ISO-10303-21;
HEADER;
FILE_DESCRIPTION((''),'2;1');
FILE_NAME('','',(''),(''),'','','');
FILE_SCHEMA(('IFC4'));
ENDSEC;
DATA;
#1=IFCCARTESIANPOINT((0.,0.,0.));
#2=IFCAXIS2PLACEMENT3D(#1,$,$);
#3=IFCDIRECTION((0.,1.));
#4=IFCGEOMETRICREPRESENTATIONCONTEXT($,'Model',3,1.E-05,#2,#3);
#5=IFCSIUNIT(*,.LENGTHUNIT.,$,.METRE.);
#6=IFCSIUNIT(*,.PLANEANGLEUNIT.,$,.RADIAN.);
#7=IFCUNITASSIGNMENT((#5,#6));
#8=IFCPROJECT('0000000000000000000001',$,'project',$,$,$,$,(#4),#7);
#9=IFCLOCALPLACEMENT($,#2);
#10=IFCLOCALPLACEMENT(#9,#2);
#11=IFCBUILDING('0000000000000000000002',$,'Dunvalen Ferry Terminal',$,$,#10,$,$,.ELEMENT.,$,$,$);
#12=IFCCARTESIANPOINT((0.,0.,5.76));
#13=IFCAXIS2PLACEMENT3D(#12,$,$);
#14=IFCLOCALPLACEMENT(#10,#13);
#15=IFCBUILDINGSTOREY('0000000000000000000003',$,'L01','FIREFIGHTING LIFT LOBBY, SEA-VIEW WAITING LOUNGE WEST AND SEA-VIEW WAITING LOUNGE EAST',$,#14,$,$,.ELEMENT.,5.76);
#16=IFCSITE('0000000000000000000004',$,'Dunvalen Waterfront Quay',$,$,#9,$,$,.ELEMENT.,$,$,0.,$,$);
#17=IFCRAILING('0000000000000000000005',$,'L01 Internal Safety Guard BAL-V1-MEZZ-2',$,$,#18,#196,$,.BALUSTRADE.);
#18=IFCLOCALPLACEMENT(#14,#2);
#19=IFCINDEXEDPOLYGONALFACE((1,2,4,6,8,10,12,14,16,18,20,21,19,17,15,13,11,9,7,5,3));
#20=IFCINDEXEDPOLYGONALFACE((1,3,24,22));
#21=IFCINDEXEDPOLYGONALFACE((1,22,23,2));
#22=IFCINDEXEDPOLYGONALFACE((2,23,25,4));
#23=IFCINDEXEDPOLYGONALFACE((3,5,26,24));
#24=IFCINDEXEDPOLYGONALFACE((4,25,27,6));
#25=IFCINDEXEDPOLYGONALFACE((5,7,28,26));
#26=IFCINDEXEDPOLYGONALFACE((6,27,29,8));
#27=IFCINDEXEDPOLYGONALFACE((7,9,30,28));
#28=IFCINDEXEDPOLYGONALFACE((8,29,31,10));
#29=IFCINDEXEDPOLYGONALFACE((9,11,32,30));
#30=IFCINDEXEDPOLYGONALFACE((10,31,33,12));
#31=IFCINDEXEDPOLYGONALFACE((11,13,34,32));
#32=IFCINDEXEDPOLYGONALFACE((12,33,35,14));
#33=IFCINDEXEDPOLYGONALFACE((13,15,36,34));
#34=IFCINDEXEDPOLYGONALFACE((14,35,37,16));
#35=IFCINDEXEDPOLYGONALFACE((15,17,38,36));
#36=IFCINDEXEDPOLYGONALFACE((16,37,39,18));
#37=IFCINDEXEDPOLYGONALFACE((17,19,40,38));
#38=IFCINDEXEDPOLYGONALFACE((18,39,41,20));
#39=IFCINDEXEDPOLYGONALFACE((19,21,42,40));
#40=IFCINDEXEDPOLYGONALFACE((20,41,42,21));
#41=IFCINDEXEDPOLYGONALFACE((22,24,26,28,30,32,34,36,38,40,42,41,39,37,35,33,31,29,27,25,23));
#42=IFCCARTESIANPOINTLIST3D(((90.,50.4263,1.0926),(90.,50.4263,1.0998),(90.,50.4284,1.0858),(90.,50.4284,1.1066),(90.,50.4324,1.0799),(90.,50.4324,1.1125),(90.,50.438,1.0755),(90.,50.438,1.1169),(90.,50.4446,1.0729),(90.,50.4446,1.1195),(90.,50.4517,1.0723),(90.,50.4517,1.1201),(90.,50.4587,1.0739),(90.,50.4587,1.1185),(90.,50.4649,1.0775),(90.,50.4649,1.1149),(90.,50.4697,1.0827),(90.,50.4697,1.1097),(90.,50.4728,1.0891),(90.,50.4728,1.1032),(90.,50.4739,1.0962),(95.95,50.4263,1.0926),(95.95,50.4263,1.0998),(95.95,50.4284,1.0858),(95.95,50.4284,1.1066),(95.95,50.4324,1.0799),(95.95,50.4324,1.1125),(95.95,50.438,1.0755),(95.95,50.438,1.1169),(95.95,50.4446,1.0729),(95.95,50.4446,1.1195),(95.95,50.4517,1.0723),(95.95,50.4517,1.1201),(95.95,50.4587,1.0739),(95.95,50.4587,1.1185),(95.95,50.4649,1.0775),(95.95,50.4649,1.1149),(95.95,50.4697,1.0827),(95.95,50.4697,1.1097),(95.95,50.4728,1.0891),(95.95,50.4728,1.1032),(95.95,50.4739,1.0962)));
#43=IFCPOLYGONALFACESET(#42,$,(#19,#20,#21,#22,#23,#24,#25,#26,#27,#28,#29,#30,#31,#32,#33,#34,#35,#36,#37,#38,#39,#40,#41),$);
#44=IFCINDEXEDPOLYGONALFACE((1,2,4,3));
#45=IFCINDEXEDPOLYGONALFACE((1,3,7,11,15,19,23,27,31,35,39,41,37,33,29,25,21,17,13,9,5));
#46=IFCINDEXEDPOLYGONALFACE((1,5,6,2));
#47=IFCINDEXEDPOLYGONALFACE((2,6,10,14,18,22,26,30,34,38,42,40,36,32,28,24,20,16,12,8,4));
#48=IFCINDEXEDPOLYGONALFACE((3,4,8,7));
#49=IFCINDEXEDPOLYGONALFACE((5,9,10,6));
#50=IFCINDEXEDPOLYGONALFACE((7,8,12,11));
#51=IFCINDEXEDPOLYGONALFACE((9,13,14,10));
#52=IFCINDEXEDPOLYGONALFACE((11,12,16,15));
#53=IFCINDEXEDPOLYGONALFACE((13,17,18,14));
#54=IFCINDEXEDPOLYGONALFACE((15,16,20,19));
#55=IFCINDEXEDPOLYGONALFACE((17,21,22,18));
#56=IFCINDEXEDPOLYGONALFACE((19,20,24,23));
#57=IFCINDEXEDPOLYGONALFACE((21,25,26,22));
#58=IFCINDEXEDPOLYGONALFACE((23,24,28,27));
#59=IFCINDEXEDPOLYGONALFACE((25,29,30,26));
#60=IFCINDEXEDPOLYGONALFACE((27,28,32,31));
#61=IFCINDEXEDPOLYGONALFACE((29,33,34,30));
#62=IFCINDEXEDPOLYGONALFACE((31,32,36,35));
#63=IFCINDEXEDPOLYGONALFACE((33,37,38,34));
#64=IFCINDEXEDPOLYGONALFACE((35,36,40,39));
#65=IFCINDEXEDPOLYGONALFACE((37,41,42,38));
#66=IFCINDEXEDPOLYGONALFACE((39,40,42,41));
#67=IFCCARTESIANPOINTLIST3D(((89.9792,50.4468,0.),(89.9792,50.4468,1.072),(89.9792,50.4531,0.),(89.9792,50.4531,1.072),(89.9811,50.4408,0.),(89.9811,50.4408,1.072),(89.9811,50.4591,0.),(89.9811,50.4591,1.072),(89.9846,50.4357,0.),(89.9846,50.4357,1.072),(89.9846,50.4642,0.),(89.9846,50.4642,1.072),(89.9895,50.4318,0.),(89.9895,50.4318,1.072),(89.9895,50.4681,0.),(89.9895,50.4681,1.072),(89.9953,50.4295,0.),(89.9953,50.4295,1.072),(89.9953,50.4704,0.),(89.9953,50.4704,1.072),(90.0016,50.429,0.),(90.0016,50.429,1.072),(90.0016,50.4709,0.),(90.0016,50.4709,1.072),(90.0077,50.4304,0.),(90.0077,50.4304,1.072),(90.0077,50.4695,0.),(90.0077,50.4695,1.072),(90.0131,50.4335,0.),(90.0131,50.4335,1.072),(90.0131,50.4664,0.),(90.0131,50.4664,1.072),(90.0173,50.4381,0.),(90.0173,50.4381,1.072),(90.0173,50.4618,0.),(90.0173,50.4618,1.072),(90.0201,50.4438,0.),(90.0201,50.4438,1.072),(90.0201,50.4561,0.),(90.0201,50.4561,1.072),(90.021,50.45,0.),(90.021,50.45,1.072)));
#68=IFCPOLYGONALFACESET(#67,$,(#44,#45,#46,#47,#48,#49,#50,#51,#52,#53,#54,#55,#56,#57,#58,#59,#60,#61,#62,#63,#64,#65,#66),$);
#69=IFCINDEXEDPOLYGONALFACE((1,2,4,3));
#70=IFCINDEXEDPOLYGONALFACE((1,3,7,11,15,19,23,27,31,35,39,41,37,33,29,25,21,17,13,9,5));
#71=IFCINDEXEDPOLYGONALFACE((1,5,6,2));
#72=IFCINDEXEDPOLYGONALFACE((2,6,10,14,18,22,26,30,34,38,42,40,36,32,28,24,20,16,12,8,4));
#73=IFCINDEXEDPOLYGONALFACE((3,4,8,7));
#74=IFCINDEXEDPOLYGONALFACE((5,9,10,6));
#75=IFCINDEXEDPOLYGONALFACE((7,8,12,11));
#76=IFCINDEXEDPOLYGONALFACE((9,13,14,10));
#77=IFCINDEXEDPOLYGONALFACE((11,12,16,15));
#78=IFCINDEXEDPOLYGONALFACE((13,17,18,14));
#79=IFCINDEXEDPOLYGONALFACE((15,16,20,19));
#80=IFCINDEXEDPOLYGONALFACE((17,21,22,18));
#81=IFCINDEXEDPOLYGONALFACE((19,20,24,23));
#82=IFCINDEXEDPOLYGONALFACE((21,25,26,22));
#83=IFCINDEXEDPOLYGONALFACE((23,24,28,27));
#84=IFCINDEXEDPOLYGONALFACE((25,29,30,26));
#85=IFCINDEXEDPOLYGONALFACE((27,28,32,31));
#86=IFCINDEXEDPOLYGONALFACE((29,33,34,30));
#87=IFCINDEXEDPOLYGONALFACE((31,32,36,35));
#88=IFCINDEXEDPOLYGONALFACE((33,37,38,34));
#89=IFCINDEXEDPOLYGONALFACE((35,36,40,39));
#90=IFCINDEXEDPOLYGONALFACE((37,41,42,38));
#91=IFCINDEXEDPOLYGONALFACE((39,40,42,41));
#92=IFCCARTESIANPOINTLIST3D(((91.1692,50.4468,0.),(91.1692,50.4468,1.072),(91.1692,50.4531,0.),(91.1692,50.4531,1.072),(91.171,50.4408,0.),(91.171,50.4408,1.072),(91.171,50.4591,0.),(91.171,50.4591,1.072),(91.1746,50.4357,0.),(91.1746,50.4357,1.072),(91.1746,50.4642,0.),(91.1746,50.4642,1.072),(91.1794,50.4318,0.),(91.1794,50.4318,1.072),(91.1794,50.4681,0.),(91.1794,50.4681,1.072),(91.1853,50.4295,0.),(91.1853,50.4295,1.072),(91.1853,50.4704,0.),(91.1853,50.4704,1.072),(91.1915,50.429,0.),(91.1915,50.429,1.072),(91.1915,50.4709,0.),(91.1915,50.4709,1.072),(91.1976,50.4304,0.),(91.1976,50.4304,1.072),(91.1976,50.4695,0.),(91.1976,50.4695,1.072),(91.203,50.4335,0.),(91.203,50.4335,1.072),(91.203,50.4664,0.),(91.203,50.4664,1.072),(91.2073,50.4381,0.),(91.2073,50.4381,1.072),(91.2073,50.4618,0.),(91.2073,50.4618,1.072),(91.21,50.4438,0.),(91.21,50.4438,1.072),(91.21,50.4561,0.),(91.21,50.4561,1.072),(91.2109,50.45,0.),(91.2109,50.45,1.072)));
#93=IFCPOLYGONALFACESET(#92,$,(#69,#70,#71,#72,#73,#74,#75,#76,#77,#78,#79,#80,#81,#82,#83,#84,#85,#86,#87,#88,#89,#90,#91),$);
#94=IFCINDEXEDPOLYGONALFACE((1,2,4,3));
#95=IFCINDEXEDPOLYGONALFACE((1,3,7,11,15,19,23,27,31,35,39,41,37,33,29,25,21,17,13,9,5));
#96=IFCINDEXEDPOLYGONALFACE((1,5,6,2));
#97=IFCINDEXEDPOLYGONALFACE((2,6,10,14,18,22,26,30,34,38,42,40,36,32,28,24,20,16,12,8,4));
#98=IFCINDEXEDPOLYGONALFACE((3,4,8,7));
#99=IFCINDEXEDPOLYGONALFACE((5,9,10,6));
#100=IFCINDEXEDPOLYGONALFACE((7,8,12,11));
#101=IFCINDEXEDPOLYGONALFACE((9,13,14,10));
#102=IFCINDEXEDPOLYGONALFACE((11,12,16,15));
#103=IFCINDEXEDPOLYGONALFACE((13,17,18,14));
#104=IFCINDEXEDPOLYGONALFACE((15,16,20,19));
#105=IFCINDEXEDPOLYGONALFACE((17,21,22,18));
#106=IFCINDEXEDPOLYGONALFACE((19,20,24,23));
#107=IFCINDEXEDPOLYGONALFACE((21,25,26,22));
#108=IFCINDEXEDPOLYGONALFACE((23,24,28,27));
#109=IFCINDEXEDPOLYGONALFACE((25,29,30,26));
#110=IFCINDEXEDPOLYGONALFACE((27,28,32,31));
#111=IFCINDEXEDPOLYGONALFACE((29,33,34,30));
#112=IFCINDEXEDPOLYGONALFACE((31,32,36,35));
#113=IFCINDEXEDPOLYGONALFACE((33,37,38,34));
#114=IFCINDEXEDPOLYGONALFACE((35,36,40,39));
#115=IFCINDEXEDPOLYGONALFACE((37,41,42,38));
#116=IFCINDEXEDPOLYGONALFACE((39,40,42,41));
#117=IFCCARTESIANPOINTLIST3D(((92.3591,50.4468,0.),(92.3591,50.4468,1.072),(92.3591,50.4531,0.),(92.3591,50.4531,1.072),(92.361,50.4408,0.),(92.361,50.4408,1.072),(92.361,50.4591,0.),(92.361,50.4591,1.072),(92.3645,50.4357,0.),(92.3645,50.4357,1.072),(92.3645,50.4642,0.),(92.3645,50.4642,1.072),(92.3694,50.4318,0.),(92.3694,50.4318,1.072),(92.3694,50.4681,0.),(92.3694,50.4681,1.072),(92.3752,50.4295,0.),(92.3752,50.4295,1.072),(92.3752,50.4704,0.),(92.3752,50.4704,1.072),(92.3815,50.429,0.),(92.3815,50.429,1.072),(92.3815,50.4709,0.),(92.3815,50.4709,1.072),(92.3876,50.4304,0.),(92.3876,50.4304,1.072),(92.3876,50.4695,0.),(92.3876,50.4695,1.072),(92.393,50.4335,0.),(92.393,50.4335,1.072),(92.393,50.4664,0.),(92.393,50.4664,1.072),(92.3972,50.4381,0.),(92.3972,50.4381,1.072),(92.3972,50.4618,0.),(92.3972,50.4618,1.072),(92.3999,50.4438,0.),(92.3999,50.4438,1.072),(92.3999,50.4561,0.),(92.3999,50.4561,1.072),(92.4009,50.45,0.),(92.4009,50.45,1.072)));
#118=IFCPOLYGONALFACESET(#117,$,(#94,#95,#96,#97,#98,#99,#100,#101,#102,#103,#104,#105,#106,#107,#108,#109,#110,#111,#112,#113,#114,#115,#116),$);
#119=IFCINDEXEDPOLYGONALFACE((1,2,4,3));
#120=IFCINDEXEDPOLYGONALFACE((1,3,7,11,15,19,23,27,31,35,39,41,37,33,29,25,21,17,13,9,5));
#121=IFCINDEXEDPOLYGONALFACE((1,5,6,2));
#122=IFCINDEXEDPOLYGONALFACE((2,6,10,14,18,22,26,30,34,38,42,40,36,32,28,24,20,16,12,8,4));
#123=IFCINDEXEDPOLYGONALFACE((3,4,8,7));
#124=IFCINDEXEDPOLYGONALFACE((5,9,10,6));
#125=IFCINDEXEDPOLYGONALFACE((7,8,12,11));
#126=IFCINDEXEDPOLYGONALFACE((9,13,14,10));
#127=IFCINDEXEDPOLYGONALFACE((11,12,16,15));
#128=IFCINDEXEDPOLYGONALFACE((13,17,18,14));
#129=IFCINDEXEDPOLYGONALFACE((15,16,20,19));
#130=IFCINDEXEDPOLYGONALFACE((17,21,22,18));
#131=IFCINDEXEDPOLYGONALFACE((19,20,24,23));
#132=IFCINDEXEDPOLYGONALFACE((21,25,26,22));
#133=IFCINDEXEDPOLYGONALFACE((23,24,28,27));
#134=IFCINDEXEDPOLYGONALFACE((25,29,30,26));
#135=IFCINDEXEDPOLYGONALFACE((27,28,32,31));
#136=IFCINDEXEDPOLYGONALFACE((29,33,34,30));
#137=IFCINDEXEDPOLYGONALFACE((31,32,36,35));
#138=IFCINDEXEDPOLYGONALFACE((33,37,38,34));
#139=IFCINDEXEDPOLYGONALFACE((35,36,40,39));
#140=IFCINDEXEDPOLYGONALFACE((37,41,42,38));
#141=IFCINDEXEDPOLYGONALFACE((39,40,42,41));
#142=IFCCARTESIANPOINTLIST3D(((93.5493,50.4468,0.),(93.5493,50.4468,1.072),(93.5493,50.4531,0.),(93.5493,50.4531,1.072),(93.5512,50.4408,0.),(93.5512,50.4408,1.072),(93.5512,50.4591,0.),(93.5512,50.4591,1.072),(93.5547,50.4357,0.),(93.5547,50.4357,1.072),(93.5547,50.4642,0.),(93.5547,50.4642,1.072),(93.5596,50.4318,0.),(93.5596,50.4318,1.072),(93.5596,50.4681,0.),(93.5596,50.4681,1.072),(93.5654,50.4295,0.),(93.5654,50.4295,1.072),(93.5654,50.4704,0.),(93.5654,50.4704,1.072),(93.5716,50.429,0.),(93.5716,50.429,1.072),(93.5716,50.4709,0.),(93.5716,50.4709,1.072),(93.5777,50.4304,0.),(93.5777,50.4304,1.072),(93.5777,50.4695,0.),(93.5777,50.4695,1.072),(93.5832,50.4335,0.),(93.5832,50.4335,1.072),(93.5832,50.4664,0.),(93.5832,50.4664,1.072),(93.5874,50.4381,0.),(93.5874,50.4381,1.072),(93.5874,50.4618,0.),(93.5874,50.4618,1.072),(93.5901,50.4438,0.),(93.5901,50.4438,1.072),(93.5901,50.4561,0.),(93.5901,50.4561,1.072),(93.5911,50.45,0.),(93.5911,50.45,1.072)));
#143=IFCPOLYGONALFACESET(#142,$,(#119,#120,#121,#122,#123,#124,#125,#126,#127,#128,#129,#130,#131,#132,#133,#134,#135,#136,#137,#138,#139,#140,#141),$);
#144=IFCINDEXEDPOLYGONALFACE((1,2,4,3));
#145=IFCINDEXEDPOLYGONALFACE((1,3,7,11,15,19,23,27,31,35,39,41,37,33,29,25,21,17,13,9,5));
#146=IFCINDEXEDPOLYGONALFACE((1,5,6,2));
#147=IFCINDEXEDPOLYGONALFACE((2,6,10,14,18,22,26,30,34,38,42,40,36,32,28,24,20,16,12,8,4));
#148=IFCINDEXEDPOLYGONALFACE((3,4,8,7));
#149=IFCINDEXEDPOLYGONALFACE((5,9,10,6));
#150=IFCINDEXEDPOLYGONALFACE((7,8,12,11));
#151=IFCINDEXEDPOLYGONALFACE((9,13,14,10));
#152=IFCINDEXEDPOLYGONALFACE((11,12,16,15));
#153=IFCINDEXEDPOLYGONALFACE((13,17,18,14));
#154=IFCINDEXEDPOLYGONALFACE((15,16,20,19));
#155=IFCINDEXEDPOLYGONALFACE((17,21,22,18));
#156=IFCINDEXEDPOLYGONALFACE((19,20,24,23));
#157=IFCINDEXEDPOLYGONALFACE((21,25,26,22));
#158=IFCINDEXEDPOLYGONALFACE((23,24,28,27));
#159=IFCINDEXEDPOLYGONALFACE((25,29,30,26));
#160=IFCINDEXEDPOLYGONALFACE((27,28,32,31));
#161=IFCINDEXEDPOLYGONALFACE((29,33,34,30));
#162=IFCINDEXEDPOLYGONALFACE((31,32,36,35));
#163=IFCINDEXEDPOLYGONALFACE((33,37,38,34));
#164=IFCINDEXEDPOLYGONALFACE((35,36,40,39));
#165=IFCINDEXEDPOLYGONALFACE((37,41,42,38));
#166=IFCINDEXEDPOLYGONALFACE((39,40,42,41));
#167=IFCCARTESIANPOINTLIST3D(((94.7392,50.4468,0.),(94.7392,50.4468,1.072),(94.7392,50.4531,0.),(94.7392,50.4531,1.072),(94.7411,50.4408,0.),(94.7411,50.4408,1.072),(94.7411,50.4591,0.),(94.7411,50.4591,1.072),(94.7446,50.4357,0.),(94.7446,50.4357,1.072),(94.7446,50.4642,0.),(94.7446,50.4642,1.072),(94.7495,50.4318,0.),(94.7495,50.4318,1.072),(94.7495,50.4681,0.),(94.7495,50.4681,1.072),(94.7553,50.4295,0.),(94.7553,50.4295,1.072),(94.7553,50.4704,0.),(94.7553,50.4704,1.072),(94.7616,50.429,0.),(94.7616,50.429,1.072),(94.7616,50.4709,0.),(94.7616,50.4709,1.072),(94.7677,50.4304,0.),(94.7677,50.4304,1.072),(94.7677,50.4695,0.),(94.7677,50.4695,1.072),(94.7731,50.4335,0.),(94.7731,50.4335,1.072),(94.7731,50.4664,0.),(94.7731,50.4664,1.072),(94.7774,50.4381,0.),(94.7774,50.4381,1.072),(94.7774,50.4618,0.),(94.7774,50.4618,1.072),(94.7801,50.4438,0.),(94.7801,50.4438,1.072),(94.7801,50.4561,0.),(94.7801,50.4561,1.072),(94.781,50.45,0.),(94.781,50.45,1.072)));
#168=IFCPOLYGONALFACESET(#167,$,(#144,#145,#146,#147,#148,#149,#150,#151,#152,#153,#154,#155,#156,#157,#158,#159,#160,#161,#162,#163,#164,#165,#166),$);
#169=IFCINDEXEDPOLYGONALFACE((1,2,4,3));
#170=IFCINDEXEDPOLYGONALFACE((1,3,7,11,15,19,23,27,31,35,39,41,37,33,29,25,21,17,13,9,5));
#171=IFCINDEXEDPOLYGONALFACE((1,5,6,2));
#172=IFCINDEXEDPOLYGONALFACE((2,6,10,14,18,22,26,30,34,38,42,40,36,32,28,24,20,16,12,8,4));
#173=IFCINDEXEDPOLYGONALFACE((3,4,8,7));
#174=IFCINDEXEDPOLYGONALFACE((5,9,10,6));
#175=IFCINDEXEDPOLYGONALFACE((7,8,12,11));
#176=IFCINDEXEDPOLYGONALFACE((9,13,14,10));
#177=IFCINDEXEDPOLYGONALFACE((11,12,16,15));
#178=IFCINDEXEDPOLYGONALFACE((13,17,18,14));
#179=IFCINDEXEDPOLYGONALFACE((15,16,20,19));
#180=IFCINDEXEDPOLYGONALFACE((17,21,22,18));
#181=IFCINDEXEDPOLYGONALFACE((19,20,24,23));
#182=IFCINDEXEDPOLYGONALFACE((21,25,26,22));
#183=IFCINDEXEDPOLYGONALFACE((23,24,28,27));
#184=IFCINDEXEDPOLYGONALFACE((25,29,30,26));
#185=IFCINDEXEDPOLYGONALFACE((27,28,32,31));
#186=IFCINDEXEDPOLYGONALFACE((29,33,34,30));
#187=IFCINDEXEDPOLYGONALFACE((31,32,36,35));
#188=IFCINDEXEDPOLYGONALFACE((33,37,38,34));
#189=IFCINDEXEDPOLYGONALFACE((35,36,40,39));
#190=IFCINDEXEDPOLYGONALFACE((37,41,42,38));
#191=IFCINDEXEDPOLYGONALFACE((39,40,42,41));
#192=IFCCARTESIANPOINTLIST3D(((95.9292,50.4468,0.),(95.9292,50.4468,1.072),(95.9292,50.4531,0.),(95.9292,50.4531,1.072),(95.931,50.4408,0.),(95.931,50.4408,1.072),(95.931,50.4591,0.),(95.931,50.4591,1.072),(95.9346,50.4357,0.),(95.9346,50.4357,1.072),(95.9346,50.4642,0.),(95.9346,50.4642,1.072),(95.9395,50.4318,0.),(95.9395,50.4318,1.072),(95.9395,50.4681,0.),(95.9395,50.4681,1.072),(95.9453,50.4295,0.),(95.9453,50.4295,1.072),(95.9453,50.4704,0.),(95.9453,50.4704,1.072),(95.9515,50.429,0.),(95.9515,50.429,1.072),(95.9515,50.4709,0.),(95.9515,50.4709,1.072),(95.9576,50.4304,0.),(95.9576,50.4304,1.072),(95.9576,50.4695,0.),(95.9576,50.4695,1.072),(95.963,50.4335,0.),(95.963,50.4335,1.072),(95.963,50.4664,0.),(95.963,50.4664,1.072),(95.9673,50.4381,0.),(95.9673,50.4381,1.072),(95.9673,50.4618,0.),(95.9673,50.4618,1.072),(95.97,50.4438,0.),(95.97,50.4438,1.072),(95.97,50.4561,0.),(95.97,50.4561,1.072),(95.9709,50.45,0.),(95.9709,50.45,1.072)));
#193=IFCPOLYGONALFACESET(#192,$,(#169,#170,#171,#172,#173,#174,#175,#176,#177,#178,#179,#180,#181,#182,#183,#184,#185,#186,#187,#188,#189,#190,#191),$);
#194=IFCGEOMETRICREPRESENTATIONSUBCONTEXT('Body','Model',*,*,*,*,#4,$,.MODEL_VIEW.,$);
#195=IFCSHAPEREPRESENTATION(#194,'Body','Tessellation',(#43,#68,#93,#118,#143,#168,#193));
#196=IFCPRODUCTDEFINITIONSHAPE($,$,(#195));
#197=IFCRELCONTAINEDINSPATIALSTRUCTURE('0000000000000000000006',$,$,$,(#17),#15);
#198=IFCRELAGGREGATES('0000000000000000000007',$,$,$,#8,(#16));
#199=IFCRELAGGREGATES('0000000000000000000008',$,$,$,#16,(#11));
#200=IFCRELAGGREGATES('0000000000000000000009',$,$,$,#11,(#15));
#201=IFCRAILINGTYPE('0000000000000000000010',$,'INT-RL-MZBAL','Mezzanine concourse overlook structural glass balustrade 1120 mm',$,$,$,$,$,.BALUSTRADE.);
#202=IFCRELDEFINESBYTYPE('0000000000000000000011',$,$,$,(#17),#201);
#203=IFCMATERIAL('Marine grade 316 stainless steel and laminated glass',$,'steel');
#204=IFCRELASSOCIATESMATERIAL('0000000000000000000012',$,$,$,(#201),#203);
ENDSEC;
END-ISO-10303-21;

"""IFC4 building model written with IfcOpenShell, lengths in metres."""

from ifc_helpers import new_model, si_unit, direction, frame, origin, origin_2d, place, context, subcontext, project, spatial, circle, extrude, material, type_object, element, save


model = new_model("IFC4")

# Units and contexts
model_context = context("Model", 3, precision=1e-05, world=origin(), true_north=direction((0.0, 1.0)))
body_context = subcontext(model_context, "Body", "Model", "MODEL_VIEW")
ifc_project = project(units=[si_unit("LENGTHUNIT", "METRE"), si_unit("PLANEANGLEUNIT", "RADIAN")], contexts=[model_context])

# Site, building, storey
site_placement = place(None, origin())
site = spatial("IfcSite", under=ifc_project, at=site_placement, Name="Dunvalen Waterfront Quay", CompositionType="ELEMENT", RefElevation=0.0)
building_placement = place(site_placement, origin())
building = spatial("IfcBuilding", under=site, at=building_placement, Name="Dunvalen Ferry Terminal", CompositionType="ELEMENT")
storey_placement = place(building_placement, frame((0.0, 0.0, 5.76)))
storey = spatial("IfcBuildingStorey", under=building, at=storey_placement, Name="L01", Description="FIREFIGHTING LIFT LOBBY, SEA-VIEW WAITING LOUNGE WEST AND SEA-VIEW WAITING LOUNGE EAST", CompositionType="ELEMENT", Elevation=5.76)

# Railing
ifc_material_1 = material(Name="Marine grade 316 stainless steel and laminated glass", Category="steel")
railing_type = type_object("IfcRailingType", Name="INT-RL-MZBAL", Description="Mezzanine concourse overlook structural glass balustrade 1120 mm", PredefinedType="BALUSTRADE", material=ifc_material_1)
railing_placement = place(storey_placement, frame((90.0, 50.45, 0.0)))
element("IfcRailing", 1, at=railing_placement, inside=storey, type_object=railing_type, Name="L01 Internal Safety Guard BAL-V1-MEZZ-2", PredefinedType="BALUSTRADE", context=body_context, shape_type="SweptSolid", body=[
    extrude(circle(Radius=0.0239, at=origin_2d()), frame((0.0, 0.0, 1.0962), z_axis=(1.0, 0.0, 0.0), x_axis=(0.0, 1.0, 0.0)), (0.0, 0.0, 1.0), 5.95),
    extrude(circle(Radius=0.021, at=origin_2d()), origin(), (0.0, 0.0, 1.0), 1.072),
    extrude(circle(Radius=0.021, at=origin_2d()), frame((1.1899, 0.0, 0.0)), (0.0, 0.0, 1.0), 1.072),
    extrude(circle(Radius=0.021, at=origin_2d()), frame((2.3799, 0.0, 0.0)), (0.0, 0.0, 1.0), 1.072),
    extrude(circle(Radius=0.021, at=origin_2d()), frame((3.5701, 0.0, 0.0)), (0.0, 0.0, 1.0), 1.072),
    extrude(circle(Radius=0.021, at=origin_2d()), frame((4.76, 0.0, 0.0)), (0.0, 0.0, 1.0), 1.072),
    extrude(circle(Radius=0.021, at=origin_2d()), frame((5.95, 0.0, 0.0)), (0.0, 0.0, 1.0), 1.072),
])

save(model, "model.ifc")
